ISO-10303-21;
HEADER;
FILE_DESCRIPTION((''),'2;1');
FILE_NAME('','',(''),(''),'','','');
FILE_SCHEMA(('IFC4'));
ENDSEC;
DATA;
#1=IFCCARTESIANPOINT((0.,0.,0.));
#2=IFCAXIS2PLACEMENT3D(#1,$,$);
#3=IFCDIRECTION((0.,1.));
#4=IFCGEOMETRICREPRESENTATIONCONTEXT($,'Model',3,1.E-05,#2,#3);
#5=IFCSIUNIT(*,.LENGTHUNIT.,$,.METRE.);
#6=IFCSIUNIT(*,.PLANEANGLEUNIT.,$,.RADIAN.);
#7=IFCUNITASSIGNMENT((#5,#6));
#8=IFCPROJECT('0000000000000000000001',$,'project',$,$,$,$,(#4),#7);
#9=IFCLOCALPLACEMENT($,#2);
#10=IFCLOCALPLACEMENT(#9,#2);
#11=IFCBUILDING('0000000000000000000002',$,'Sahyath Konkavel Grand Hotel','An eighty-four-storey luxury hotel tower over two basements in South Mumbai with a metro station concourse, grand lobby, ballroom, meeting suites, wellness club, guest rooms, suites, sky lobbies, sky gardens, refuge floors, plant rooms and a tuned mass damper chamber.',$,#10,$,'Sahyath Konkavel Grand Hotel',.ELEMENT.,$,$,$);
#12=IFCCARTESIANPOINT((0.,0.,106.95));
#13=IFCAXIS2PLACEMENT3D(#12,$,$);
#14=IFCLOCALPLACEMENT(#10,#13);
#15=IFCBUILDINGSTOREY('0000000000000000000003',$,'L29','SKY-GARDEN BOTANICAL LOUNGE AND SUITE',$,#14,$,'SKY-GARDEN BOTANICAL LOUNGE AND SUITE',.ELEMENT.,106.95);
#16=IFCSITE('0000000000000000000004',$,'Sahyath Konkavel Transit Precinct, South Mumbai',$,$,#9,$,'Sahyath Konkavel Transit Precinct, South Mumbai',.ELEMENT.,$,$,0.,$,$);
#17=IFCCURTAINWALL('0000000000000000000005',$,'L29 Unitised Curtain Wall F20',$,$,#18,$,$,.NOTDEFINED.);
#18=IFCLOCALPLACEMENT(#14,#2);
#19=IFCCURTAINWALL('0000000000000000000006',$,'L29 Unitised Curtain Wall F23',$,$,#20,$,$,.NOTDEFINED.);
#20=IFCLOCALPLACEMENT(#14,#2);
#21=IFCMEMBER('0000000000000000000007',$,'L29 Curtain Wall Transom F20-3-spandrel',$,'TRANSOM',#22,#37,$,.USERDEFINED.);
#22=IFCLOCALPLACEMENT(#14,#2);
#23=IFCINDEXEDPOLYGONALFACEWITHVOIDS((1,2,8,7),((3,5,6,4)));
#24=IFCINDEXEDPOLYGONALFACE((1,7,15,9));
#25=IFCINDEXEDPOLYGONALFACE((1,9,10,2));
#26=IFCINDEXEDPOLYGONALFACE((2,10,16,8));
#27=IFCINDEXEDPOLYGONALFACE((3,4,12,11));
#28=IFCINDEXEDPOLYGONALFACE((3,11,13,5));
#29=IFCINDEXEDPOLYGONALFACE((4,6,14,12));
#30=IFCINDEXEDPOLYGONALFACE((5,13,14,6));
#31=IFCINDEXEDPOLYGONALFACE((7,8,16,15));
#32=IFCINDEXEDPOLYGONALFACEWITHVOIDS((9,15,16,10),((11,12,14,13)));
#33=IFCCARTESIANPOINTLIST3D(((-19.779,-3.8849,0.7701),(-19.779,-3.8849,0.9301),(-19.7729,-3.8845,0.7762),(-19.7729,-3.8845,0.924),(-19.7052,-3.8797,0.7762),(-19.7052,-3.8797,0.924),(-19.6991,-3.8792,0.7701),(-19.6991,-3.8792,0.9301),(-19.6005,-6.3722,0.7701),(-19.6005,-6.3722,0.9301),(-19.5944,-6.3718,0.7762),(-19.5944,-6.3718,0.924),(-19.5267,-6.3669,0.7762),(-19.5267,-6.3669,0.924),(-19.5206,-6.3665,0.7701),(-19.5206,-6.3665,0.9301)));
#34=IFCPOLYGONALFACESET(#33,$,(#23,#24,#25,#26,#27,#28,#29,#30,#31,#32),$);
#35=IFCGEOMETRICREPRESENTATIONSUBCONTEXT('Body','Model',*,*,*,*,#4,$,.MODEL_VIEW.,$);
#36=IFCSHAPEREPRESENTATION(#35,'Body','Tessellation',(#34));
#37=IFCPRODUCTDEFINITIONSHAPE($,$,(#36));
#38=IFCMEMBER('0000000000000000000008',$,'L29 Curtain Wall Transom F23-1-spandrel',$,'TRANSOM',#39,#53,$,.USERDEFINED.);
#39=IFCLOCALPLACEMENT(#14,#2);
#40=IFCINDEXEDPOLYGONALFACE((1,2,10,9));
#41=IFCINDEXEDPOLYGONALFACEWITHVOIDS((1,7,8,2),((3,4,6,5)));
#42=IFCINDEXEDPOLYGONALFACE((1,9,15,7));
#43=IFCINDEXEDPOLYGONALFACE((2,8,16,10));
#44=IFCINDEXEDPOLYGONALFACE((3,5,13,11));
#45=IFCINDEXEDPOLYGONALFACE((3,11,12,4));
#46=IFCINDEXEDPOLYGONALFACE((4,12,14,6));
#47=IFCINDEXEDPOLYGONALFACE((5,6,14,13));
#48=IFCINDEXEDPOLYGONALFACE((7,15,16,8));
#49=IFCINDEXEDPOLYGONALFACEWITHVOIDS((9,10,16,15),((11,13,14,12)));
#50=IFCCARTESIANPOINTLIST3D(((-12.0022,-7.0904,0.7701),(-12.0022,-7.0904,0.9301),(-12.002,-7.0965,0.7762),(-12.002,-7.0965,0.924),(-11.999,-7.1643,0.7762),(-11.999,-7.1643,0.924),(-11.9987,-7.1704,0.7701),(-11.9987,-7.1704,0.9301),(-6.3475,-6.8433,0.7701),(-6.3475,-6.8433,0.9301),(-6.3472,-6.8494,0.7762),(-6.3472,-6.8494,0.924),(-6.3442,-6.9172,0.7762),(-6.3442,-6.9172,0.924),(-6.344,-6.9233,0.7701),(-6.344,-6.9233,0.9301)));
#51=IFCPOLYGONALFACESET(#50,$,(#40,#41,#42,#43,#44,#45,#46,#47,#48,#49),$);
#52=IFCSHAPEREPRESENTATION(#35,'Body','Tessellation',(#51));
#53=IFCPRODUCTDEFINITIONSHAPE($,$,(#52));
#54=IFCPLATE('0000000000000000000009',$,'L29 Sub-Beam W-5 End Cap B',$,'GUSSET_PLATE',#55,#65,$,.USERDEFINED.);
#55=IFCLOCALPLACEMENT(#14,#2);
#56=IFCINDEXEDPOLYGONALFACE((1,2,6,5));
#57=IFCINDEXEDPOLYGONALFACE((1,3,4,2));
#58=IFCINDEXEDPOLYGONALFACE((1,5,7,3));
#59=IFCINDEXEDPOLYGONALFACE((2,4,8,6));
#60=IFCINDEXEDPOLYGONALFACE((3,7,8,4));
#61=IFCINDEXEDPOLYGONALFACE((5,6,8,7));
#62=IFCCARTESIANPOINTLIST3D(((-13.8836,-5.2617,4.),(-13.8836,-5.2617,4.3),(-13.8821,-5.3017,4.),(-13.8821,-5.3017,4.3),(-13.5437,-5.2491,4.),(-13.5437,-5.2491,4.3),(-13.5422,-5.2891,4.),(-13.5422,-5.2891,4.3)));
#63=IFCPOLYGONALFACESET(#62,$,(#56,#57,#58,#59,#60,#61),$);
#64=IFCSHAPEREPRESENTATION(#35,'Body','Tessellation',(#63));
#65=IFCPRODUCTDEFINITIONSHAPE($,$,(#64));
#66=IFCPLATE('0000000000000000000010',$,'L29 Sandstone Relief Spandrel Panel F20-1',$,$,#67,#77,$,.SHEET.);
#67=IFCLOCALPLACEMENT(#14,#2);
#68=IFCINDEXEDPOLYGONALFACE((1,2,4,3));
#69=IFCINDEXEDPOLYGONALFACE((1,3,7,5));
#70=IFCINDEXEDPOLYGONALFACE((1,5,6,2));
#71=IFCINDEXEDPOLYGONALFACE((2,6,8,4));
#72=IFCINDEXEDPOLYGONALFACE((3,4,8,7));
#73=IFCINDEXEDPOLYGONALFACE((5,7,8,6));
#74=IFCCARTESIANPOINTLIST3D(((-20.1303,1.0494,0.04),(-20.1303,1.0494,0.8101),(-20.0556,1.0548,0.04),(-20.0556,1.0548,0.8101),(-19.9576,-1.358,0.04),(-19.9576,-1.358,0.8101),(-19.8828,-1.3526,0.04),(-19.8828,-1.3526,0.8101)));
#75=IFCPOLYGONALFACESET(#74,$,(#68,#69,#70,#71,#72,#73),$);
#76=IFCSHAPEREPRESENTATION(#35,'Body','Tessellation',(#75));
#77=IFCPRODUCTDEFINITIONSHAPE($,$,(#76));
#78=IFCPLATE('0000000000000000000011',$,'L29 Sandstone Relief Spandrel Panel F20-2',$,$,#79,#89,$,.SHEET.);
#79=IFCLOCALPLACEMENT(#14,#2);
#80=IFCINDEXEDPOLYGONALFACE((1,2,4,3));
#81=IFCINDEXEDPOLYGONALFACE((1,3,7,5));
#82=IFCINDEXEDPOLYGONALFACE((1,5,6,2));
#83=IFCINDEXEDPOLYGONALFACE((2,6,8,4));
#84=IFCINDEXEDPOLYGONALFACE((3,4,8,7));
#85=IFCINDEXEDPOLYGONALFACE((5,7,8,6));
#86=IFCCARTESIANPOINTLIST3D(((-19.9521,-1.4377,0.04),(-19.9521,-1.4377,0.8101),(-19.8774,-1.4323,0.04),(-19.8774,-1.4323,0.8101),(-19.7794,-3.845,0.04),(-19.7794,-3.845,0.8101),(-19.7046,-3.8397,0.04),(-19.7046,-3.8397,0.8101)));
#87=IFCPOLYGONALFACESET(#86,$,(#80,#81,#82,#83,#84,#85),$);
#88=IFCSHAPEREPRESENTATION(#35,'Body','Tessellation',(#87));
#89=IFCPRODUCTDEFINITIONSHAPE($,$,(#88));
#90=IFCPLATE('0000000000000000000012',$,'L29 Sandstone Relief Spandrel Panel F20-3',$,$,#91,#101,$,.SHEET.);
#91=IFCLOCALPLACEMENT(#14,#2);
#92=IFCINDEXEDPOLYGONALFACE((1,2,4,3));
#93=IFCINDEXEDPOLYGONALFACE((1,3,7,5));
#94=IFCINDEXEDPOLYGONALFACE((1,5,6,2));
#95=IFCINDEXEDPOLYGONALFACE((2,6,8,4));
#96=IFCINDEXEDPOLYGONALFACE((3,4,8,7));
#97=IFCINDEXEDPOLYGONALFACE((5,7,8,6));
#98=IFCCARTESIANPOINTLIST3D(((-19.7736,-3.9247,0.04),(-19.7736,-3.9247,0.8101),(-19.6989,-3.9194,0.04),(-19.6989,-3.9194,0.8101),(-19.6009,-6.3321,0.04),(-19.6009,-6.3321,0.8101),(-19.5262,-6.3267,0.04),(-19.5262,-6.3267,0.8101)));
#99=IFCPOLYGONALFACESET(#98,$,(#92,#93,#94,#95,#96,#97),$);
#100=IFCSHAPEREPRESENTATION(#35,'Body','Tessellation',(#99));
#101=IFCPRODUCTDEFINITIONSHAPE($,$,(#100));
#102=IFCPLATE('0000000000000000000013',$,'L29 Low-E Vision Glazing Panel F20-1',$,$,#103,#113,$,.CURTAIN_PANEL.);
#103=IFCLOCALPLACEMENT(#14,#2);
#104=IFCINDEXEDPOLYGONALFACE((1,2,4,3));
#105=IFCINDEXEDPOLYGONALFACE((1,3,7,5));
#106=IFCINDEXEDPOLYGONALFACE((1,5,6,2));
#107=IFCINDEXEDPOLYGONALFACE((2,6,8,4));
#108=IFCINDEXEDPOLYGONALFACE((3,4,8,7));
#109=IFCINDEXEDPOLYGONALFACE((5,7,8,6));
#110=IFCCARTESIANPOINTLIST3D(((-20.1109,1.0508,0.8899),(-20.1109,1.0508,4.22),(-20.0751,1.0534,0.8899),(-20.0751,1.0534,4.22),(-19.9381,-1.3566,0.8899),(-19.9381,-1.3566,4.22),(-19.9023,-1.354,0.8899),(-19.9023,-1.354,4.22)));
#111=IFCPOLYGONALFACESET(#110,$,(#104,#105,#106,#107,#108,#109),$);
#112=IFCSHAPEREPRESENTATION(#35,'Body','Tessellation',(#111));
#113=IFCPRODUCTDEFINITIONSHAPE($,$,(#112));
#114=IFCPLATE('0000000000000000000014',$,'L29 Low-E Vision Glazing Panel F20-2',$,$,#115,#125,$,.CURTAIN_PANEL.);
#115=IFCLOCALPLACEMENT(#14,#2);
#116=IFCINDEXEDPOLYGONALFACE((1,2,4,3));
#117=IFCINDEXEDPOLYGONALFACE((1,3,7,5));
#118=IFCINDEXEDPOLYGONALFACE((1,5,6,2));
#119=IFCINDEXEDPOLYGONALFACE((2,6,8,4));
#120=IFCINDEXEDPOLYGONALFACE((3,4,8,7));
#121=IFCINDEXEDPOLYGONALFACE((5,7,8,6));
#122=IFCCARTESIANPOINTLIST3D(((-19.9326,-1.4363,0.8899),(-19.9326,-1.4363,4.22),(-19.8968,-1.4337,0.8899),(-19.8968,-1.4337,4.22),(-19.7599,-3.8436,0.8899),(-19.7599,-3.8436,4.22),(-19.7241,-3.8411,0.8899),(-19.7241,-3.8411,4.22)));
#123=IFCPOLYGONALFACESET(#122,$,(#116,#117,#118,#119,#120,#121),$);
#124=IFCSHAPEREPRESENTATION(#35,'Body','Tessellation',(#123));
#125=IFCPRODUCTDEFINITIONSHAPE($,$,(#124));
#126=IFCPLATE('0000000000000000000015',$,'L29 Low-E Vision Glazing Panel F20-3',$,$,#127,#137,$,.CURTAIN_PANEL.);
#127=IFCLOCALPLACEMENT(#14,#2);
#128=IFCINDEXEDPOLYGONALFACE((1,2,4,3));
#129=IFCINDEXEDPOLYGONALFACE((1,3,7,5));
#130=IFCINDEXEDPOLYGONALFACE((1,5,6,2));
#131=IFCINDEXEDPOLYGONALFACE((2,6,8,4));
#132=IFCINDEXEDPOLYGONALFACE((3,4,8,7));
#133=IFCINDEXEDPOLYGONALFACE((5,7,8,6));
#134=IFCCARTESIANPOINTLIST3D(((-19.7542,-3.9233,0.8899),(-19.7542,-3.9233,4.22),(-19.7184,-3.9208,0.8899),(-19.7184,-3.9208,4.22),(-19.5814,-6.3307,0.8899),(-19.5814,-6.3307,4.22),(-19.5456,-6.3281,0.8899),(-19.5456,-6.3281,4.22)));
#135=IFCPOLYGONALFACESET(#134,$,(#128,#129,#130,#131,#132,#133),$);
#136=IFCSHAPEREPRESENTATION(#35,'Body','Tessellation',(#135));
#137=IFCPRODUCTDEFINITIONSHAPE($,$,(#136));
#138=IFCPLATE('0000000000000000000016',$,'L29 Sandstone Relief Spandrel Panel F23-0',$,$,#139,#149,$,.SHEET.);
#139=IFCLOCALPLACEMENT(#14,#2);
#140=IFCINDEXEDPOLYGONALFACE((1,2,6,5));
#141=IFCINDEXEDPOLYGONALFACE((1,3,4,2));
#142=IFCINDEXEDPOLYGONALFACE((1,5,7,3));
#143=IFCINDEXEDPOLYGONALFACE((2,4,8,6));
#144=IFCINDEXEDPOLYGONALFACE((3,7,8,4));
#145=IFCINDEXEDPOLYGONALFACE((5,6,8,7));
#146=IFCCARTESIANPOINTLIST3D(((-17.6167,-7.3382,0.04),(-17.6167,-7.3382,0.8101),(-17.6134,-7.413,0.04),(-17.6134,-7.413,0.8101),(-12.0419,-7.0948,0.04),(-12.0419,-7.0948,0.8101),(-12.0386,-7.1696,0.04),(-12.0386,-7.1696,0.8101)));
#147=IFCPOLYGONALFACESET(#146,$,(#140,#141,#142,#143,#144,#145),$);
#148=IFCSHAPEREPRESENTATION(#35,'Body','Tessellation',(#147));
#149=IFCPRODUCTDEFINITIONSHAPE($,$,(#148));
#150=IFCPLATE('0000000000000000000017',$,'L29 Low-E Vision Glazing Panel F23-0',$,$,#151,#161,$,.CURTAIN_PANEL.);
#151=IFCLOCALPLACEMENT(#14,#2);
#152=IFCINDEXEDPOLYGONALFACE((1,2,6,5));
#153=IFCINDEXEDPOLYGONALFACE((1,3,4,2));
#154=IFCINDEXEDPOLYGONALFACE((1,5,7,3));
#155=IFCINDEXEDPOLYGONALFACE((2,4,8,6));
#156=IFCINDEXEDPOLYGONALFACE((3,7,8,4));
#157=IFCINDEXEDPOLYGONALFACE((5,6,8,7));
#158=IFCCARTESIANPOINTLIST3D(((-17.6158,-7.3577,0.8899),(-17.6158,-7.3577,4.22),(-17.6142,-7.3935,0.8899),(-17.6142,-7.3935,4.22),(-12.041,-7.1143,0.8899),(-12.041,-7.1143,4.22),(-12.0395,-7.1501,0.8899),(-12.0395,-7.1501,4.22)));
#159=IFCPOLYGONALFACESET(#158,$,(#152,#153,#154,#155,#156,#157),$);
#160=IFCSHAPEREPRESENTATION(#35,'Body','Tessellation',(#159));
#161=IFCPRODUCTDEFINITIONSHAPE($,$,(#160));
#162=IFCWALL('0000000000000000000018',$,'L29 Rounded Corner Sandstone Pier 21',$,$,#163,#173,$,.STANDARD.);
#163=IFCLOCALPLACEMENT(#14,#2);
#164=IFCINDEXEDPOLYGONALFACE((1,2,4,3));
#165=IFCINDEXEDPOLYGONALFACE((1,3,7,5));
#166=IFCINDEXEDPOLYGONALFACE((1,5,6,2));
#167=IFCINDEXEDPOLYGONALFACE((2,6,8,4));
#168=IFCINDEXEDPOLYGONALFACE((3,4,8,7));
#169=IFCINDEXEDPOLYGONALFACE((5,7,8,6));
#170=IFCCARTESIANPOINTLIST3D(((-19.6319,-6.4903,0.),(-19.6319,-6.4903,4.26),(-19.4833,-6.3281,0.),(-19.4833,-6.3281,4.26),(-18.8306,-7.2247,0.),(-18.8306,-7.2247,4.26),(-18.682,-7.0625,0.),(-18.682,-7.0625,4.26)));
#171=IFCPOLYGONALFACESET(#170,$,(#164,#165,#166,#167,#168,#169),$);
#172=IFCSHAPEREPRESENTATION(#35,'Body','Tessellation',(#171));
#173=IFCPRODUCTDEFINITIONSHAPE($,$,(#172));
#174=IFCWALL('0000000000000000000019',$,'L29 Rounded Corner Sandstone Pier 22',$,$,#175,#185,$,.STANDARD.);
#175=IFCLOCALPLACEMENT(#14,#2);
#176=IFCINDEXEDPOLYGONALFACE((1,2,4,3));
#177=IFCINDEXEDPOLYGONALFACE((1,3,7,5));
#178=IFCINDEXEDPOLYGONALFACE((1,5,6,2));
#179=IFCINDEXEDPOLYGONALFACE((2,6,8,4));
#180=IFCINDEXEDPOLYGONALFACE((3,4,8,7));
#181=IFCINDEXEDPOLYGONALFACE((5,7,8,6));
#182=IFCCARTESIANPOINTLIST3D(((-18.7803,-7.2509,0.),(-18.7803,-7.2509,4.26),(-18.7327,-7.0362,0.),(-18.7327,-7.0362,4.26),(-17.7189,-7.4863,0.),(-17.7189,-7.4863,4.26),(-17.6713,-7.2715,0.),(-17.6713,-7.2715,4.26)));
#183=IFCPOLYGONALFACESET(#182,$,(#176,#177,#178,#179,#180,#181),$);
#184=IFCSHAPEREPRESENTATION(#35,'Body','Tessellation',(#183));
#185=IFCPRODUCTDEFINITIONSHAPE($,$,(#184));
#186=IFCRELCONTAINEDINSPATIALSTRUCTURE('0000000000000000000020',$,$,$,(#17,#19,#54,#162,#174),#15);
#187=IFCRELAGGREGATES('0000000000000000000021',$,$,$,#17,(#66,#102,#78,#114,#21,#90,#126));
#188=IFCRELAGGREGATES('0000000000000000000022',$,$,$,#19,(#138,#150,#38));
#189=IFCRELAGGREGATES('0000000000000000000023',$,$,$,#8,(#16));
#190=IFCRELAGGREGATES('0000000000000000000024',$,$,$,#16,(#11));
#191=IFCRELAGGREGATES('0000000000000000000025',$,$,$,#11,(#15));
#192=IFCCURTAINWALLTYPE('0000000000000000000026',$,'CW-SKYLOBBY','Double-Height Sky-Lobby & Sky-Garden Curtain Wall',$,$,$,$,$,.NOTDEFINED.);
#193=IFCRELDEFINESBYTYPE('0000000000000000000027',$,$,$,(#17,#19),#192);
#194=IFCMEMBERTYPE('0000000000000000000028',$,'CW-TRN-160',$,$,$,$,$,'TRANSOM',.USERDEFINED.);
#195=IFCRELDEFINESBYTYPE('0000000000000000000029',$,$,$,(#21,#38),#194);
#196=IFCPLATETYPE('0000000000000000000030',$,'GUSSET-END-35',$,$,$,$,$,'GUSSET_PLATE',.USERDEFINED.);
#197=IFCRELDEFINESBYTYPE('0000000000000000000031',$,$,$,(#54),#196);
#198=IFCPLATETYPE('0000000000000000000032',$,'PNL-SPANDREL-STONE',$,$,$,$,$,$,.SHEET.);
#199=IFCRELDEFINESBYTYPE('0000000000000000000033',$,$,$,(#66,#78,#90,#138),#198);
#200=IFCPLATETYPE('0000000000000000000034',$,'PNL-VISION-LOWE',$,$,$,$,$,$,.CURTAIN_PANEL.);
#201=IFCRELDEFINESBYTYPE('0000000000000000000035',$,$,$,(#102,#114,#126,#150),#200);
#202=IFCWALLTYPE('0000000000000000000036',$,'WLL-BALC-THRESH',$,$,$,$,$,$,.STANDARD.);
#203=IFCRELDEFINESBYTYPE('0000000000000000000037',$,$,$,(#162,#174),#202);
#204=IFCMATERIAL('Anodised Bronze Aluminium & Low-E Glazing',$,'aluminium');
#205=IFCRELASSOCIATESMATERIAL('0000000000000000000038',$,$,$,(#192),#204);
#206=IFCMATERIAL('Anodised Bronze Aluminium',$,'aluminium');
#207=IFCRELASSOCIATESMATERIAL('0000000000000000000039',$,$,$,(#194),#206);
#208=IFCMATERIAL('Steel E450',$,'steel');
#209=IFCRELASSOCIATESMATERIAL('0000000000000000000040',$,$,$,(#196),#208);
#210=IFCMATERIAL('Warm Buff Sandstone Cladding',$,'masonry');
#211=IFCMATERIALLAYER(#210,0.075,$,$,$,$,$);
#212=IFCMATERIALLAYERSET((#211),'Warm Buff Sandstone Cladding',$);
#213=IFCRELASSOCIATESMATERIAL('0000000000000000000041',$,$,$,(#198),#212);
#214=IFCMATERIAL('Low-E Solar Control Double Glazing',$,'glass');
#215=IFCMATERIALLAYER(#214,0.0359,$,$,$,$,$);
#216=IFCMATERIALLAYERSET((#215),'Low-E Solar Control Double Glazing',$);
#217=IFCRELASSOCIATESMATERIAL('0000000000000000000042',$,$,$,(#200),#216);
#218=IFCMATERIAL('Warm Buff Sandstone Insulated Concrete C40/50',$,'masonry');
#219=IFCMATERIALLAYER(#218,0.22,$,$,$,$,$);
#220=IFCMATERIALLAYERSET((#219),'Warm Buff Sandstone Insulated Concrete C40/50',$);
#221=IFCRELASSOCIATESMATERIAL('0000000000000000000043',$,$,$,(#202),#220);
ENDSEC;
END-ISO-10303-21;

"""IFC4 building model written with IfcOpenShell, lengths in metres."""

from ifc_helpers import new_model, si_unit, direction, frame, frame_2d, origin, origin_2d, place, context, subcontext, project, spatial, rectangle, hollow_rectangle, extrude, source, transform, mapped, material, layer, layer_set, material_profile, profile_set, type_object, element, aggregate, save


model = new_model("IFC4")

# Units and contexts
model_context = context("Model", 3, precision=1e-05, world=origin(), true_north=direction((0.0, 1.0)))
body_context = subcontext(model_context, "Body", "Model", "MODEL_VIEW")
ifc_project = project(units=[si_unit("LENGTHUNIT", "METRE"), si_unit("PLANEANGLEUNIT", "RADIAN")], contexts=[model_context])

# Site, building, storey
site_placement = place(None, origin())
site = spatial("IfcSite", under=ifc_project, at=site_placement, Name="Sahyath Konkavel Transit Precinct, South Mumbai", LongName="Sahyath Konkavel Transit Precinct, South Mumbai", CompositionType="ELEMENT", RefElevation=0.0)
building_placement = place(site_placement, origin())
building = spatial("IfcBuilding", under=site, at=building_placement, Name="Sahyath Konkavel Grand Hotel", Description="An eighty-four-storey luxury hotel tower over two basements in South Mumbai with a metro station concourse, grand lobby, ballroom, meeting suites, wellness club, guest rooms, suites, sky lobbies, sky gardens, refuge floors, plant rooms and a tuned mass damper chamber.", LongName="Sahyath Konkavel Grand Hotel", CompositionType="ELEMENT")
storey_placement = place(building_placement, frame((0.0, 0.0, 106.95)))
storey = spatial("IfcBuildingStorey", under=building, at=storey_placement, Name="L29", Description="SKY-GARDEN BOTANICAL LOUNGE AND SUITE", LongName="SKY-GARDEN BOTANICAL LOUNGE AND SUITE", CompositionType="ELEMENT", Elevation=106.95)

# Curtain wall
ifc_material_1 = material(Name="Anodised Bronze Aluminium & Low-E Glazing", Category="aluminium")
curtain_wall_type = type_object("IfcCurtainWallType", Name="CW-SKYLOBBY", Description="Double-Height Sky-Lobby & Sky-Garden Curtain Wall", PredefinedType="NOTDEFINED", material=ifc_material_1)
curtain_wall_1_placement = place(storey_placement, origin())
curtain_wall_1 = element("IfcCurtainWall", 1, at=curtain_wall_1_placement, inside=storey, type_object=curtain_wall_type, Name="L29 Unitised Curtain Wall F20", PredefinedType="NOTDEFINED")
ifc_material_2 = material(Name="Anodised Bronze Aluminium", Category="aluminium")

# Curtain wall
curtain_wall_2_placement = place(storey_placement, origin())
curtain_wall_2 = element("IfcCurtainWall", 2, at=curtain_wall_2_placement, inside=storey, type_object=curtain_wall_type, Name="L29 Unitised Curtain Wall F23", PredefinedType="NOTDEFINED")

# Members
ifc_material_profile_1 = material_profile(ifc_material_2, hollow_rectangle(XDim=0.0801, YDim=0.1599, WallThickness=0.0061, at=origin_2d()), Name="RHS 160x80x6")
ifc_profile_set_1 = profile_set([ifc_material_profile_1], Name="Anodised Bronze Aluminium")
member_type_1 = type_object("IfcMemberType", Name="CW-TRN-160", ElementType="TRANSOM", PredefinedType="USERDEFINED", material=ifc_profile_set_1)
shared_shape_1 = source(origin(), body_context, "Body", "SweptSolid", [
    extrude(hollow_rectangle(XDim=0.0801, YDim=0.1599, WallThickness=0.0061, at=origin_2d()), origin(), (0.0, 0.0, 1.0), 2.4937),
])
member_1_placement = place(storey_placement, frame((-19.739, -3.8821, 0.8501), z_axis=(0.071567, -0.997436, 0.0), x_axis=(0.997436, 0.071567, 0.0)))
member_1 = element("IfcMember", 3, at=member_1_placement, type_object=member_type_1, Name="L29 Curtain Wall Transom F20-3-spandrel", ObjectType="TRANSOM", PredefinedType="USERDEFINED", context=body_context, shape_type="MappedRepresentation", body=[
    mapped(shared_shape_1, transform((0.0, 0.0, 0.0), scale=1.0)),
])
shared_shape_2 = source(origin(), body_context, "Body", "SweptSolid", [
    extrude(hollow_rectangle(XDim=0.0801, YDim=0.1599, WallThickness=0.0061, at=origin_2d()), origin(), (0.0, 0.0, 1.0), 5.6602),
])
member_2_placement = place(storey_placement, frame((-12.0005, -7.1304, 0.8501), z_axis=(0.999047, 0.043651, 0.0), x_axis=(-0.043651, 0.999047, 0.0)))
member_2 = element("IfcMember", 4, at=member_2_placement, type_object=member_type_1, Name="L29 Curtain Wall Transom F23-1-spandrel", ObjectType="TRANSOM", PredefinedType="USERDEFINED", context=body_context, shape_type="MappedRepresentation", body=[
    mapped(shared_shape_2, transform((0.0, 0.0, 0.0), scale=1.0)),
])

# Plates
ifc_material_3 = material(Name="Steel E450", Category="steel")
plate_type_1 = type_object("IfcPlateType", Name="GUSSET-END-35", ElementType="GUSSET_PLATE", PredefinedType="USERDEFINED", material=ifc_material_3)
shared_shape_3 = source(origin(), body_context, "Body", "SweptSolid", [
    extrude(rectangle(XDim=0.04, YDim=0.3401, at=origin_2d()), origin(), (0.0, 0.0, 1.0), 0.3),
])
plate_1_placement = place(storey_placement, frame((-13.7129, -5.2754, 4.0), z_axis=(0.0, 0.0, 1.0), x_axis=(0.03701, -0.999315, 0.0)))
element("IfcPlate", 5, at=plate_1_placement, inside=storey, type_object=plate_type_1, Name="L29 Sub-Beam W-5 End Cap B", ObjectType="GUSSET_PLATE", PredefinedType="USERDEFINED", context=body_context, shape_type="MappedRepresentation", body=[
    mapped(shared_shape_3, transform((0.0, 0.0, 0.0), scale=1.0)),
])
ifc_material_4 = material(Name="Warm Buff Sandstone Cladding", Category="masonry")
ifc_layer_1 = layer(ifc_material_4, 0.075)
ifc_layer_set_1 = layer_set([ifc_layer_1], Name="Warm Buff Sandstone Cladding")
plate_type_2 = type_object("IfcPlateType", Name="PNL-SPANDREL-STONE", PredefinedType="SHEET", material=ifc_layer_set_1)
shared_shape_4 = source(origin(), body_context, "Body", "SweptSolid", [
    extrude(rectangle(XDim=2.4136, YDim=0.075, at=origin_2d()), origin(), (0.0, 0.0, 1.0), 0.77),
])
plate_2_placement = place(storey_placement, frame((-20.0066, -0.1516, 0.04), z_axis=(0.0, 0.0, 1.0), x_axis=(0.071567, -0.997436, 0.0)))
plate_2 = element("IfcPlate", 6, at=plate_2_placement, type_object=plate_type_2, Name="L29 Sandstone Relief Spandrel Panel F20-1", PredefinedType="SHEET", context=body_context, shape_type="MappedRepresentation", body=[
    mapped(shared_shape_4, transform((0.0, 0.0, 0.0), scale=1.0)),
])
plate_3_placement = place(storey_placement, frame((-19.8284, -2.6387, 0.04), z_axis=(0.0, 0.0, 1.0), x_axis=(0.071567, -0.997436, 0.0)))
plate_3 = element("IfcPlate", 7, at=plate_3_placement, type_object=plate_type_2, Name="L29 Sandstone Relief Spandrel Panel F20-2", PredefinedType="SHEET", context=body_context, shape_type="MappedRepresentation", body=[
    mapped(shared_shape_4, transform((0.0, 0.0, 0.0), scale=1.0)),
])
plate_4_placement = place(storey_placement, frame((-19.6499, -5.1257, 0.04), z_axis=(0.0, 0.0, 1.0), x_axis=(0.071567, -0.997436, 0.0)))
plate_4 = element("IfcPlate", 8, at=plate_4_placement, type_object=plate_type_2, Name="L29 Sandstone Relief Spandrel Panel F20-3", PredefinedType="SHEET", context=body_context, shape_type="MappedRepresentation", body=[
    mapped(shared_shape_4, transform((0.0, 0.0, 0.0), scale=1.0)),
])
ifc_material_5 = material(Name="Low-E Solar Control Double Glazing", Category="glass")
ifc_layer_2 = layer(ifc_material_5, 0.0359)
ifc_layer_set_2 = layer_set([ifc_layer_2], Name="Low-E Solar Control Double Glazing")
plate_type_3 = type_object("IfcPlateType", Name="PNL-VISION-LOWE", PredefinedType="CURTAIN_PANEL", material=ifc_layer_set_2)
shared_shape_5 = source(origin(), body_context, "Body", "SweptSolid", [
    extrude(rectangle(XDim=2.4136, YDim=0.0359, at=origin_2d()), origin(), (0.0, 0.0, 1.0), 3.3301),
])
plate_5_placement = place(storey_placement, frame((-20.0066, -0.1516, 0.8899), z_axis=(0.0, 0.0, 1.0), x_axis=(0.071567, -0.997436, 0.0)))
plate_5 = element("IfcPlate", 9, at=plate_5_placement, type_object=plate_type_3, Name="L29 Low-E Vision Glazing Panel F20-1", PredefinedType="CURTAIN_PANEL", context=body_context, shape_type="MappedRepresentation", body=[
    mapped(shared_shape_5, transform((0.0, 0.0, 0.0), scale=1.0)),
])
plate_6_placement = place(storey_placement, frame((-19.8284, -2.6387, 0.8899), z_axis=(0.0, 0.0, 1.0), x_axis=(0.071567, -0.997436, 0.0)))
plate_6 = element("IfcPlate", 10, at=plate_6_placement, type_object=plate_type_3, Name="L29 Low-E Vision Glazing Panel F20-2", PredefinedType="CURTAIN_PANEL", context=body_context, shape_type="MappedRepresentation", body=[
    mapped(shared_shape_5, transform((0.0, 0.0, 0.0), scale=1.0)),
])
plate_7_placement = place(storey_placement, frame((-19.6499, -5.1257, 0.8899), z_axis=(0.0, 0.0, 1.0), x_axis=(0.071567, -0.997436, 0.0)))
plate_7 = element("IfcPlate", 11, at=plate_7_placement, type_object=plate_type_3, Name="L29 Low-E Vision Glazing Panel F20-3", PredefinedType="CURTAIN_PANEL", context=body_context, shape_type="MappedRepresentation", body=[
    mapped(shared_shape_5, transform((0.0, 0.0, 0.0), scale=1.0)),
])
aggregate(curtain_wall_1, [plate_2, plate_5, plate_3, plate_6, member_1, plate_4, plate_7])
shared_shape_6 = source(origin(), body_context, "Body", "SweptSolid", [
    extrude(rectangle(XDim=5.5801, YDim=0.075, at=origin_2d()), origin(), (0.0, 0.0, 1.0), 0.77),
])
plate_8_placement = place(storey_placement, frame((-14.8276, -7.2539, 0.04), z_axis=(0.0, 0.0, 1.0), x_axis=(0.999048, 0.043619, 0.0)))
plate_8 = element("IfcPlate", 12, at=plate_8_placement, type_object=plate_type_2, Name="L29 Sandstone Relief Spandrel Panel F23-0", PredefinedType="SHEET", context=body_context, shape_type="MappedRepresentation", body=[
    mapped(shared_shape_6, transform((0.0, 0.0, 0.0), scale=1.0)),
])
shared_shape_7 = source(origin(), body_context, "Body", "SweptSolid", [
    extrude(rectangle(XDim=5.5801, YDim=0.0359, at=origin_2d()), origin(), (0.0, 0.0, 1.0), 3.3301),
])
plate_9_placement = place(storey_placement, frame((-14.8276, -7.2539, 0.8899), z_axis=(0.0, 0.0, 1.0), x_axis=(0.999048, 0.043619, 0.0)))
plate_9 = element("IfcPlate", 13, at=plate_9_placement, type_object=plate_type_3, Name="L29 Low-E Vision Glazing Panel F23-0", PredefinedType="CURTAIN_PANEL", context=body_context, shape_type="MappedRepresentation", body=[
    mapped(shared_shape_7, transform((0.0, 0.0, 0.0), scale=1.0)),
])
aggregate(curtain_wall_2, [plate_8, plate_9, member_2])

# Walls
ifc_material_6 = material(Name="Warm Buff Sandstone Insulated Concrete C40/50", Category="masonry")
ifc_layer_3 = layer(ifc_material_6, 0.22)
ifc_layer_set_3 = layer_set([ifc_layer_3], Name="Warm Buff Sandstone Insulated Concrete C40/50")
wall_type_1 = type_object("IfcWallType", Name="WLL-BALC-THRESH", PredefinedType="STANDARD", material=ifc_layer_set_3)
wall_1_placement = place(storey_placement, frame((-19.5576, -6.4092, 0.0), z_axis=(0.0, 0.0, 1.0), x_axis=(0.73721, -0.675664, 0.0)))
element("IfcWall", 14, at=wall_1_placement, inside=storey, type_object=wall_type_1, Name="L29 Rounded Corner Sandstone Pier 21", PredefinedType="STANDARD", context=body_context, shape_type="SweptSolid", body=[
    extrude(rectangle(XDim=1.0869, YDim=0.22, at=frame_2d((0.5435, 0.0))), origin(), (0.0, 0.0, 1.0), 4.26),
])
wall_2_placement = place(storey_placement, frame((-18.7563, -7.1436, 0.0), z_axis=(0.0, 0.0, 1.0), x_axis=(0.976282, -0.216502, 0.0)))
element("IfcWall", 15, at=wall_2_placement, inside=storey, type_object=wall_type_1, Name="L29 Rounded Corner Sandstone Pier 22", PredefinedType="STANDARD", context=body_context, shape_type="SweptSolid", body=[
    extrude(rectangle(XDim=1.0872, YDim=0.22, at=frame_2d((0.5435, 0.0))), origin(), (0.0, 0.0, 1.0), 4.26),
])

save(model, "model.ifc")
